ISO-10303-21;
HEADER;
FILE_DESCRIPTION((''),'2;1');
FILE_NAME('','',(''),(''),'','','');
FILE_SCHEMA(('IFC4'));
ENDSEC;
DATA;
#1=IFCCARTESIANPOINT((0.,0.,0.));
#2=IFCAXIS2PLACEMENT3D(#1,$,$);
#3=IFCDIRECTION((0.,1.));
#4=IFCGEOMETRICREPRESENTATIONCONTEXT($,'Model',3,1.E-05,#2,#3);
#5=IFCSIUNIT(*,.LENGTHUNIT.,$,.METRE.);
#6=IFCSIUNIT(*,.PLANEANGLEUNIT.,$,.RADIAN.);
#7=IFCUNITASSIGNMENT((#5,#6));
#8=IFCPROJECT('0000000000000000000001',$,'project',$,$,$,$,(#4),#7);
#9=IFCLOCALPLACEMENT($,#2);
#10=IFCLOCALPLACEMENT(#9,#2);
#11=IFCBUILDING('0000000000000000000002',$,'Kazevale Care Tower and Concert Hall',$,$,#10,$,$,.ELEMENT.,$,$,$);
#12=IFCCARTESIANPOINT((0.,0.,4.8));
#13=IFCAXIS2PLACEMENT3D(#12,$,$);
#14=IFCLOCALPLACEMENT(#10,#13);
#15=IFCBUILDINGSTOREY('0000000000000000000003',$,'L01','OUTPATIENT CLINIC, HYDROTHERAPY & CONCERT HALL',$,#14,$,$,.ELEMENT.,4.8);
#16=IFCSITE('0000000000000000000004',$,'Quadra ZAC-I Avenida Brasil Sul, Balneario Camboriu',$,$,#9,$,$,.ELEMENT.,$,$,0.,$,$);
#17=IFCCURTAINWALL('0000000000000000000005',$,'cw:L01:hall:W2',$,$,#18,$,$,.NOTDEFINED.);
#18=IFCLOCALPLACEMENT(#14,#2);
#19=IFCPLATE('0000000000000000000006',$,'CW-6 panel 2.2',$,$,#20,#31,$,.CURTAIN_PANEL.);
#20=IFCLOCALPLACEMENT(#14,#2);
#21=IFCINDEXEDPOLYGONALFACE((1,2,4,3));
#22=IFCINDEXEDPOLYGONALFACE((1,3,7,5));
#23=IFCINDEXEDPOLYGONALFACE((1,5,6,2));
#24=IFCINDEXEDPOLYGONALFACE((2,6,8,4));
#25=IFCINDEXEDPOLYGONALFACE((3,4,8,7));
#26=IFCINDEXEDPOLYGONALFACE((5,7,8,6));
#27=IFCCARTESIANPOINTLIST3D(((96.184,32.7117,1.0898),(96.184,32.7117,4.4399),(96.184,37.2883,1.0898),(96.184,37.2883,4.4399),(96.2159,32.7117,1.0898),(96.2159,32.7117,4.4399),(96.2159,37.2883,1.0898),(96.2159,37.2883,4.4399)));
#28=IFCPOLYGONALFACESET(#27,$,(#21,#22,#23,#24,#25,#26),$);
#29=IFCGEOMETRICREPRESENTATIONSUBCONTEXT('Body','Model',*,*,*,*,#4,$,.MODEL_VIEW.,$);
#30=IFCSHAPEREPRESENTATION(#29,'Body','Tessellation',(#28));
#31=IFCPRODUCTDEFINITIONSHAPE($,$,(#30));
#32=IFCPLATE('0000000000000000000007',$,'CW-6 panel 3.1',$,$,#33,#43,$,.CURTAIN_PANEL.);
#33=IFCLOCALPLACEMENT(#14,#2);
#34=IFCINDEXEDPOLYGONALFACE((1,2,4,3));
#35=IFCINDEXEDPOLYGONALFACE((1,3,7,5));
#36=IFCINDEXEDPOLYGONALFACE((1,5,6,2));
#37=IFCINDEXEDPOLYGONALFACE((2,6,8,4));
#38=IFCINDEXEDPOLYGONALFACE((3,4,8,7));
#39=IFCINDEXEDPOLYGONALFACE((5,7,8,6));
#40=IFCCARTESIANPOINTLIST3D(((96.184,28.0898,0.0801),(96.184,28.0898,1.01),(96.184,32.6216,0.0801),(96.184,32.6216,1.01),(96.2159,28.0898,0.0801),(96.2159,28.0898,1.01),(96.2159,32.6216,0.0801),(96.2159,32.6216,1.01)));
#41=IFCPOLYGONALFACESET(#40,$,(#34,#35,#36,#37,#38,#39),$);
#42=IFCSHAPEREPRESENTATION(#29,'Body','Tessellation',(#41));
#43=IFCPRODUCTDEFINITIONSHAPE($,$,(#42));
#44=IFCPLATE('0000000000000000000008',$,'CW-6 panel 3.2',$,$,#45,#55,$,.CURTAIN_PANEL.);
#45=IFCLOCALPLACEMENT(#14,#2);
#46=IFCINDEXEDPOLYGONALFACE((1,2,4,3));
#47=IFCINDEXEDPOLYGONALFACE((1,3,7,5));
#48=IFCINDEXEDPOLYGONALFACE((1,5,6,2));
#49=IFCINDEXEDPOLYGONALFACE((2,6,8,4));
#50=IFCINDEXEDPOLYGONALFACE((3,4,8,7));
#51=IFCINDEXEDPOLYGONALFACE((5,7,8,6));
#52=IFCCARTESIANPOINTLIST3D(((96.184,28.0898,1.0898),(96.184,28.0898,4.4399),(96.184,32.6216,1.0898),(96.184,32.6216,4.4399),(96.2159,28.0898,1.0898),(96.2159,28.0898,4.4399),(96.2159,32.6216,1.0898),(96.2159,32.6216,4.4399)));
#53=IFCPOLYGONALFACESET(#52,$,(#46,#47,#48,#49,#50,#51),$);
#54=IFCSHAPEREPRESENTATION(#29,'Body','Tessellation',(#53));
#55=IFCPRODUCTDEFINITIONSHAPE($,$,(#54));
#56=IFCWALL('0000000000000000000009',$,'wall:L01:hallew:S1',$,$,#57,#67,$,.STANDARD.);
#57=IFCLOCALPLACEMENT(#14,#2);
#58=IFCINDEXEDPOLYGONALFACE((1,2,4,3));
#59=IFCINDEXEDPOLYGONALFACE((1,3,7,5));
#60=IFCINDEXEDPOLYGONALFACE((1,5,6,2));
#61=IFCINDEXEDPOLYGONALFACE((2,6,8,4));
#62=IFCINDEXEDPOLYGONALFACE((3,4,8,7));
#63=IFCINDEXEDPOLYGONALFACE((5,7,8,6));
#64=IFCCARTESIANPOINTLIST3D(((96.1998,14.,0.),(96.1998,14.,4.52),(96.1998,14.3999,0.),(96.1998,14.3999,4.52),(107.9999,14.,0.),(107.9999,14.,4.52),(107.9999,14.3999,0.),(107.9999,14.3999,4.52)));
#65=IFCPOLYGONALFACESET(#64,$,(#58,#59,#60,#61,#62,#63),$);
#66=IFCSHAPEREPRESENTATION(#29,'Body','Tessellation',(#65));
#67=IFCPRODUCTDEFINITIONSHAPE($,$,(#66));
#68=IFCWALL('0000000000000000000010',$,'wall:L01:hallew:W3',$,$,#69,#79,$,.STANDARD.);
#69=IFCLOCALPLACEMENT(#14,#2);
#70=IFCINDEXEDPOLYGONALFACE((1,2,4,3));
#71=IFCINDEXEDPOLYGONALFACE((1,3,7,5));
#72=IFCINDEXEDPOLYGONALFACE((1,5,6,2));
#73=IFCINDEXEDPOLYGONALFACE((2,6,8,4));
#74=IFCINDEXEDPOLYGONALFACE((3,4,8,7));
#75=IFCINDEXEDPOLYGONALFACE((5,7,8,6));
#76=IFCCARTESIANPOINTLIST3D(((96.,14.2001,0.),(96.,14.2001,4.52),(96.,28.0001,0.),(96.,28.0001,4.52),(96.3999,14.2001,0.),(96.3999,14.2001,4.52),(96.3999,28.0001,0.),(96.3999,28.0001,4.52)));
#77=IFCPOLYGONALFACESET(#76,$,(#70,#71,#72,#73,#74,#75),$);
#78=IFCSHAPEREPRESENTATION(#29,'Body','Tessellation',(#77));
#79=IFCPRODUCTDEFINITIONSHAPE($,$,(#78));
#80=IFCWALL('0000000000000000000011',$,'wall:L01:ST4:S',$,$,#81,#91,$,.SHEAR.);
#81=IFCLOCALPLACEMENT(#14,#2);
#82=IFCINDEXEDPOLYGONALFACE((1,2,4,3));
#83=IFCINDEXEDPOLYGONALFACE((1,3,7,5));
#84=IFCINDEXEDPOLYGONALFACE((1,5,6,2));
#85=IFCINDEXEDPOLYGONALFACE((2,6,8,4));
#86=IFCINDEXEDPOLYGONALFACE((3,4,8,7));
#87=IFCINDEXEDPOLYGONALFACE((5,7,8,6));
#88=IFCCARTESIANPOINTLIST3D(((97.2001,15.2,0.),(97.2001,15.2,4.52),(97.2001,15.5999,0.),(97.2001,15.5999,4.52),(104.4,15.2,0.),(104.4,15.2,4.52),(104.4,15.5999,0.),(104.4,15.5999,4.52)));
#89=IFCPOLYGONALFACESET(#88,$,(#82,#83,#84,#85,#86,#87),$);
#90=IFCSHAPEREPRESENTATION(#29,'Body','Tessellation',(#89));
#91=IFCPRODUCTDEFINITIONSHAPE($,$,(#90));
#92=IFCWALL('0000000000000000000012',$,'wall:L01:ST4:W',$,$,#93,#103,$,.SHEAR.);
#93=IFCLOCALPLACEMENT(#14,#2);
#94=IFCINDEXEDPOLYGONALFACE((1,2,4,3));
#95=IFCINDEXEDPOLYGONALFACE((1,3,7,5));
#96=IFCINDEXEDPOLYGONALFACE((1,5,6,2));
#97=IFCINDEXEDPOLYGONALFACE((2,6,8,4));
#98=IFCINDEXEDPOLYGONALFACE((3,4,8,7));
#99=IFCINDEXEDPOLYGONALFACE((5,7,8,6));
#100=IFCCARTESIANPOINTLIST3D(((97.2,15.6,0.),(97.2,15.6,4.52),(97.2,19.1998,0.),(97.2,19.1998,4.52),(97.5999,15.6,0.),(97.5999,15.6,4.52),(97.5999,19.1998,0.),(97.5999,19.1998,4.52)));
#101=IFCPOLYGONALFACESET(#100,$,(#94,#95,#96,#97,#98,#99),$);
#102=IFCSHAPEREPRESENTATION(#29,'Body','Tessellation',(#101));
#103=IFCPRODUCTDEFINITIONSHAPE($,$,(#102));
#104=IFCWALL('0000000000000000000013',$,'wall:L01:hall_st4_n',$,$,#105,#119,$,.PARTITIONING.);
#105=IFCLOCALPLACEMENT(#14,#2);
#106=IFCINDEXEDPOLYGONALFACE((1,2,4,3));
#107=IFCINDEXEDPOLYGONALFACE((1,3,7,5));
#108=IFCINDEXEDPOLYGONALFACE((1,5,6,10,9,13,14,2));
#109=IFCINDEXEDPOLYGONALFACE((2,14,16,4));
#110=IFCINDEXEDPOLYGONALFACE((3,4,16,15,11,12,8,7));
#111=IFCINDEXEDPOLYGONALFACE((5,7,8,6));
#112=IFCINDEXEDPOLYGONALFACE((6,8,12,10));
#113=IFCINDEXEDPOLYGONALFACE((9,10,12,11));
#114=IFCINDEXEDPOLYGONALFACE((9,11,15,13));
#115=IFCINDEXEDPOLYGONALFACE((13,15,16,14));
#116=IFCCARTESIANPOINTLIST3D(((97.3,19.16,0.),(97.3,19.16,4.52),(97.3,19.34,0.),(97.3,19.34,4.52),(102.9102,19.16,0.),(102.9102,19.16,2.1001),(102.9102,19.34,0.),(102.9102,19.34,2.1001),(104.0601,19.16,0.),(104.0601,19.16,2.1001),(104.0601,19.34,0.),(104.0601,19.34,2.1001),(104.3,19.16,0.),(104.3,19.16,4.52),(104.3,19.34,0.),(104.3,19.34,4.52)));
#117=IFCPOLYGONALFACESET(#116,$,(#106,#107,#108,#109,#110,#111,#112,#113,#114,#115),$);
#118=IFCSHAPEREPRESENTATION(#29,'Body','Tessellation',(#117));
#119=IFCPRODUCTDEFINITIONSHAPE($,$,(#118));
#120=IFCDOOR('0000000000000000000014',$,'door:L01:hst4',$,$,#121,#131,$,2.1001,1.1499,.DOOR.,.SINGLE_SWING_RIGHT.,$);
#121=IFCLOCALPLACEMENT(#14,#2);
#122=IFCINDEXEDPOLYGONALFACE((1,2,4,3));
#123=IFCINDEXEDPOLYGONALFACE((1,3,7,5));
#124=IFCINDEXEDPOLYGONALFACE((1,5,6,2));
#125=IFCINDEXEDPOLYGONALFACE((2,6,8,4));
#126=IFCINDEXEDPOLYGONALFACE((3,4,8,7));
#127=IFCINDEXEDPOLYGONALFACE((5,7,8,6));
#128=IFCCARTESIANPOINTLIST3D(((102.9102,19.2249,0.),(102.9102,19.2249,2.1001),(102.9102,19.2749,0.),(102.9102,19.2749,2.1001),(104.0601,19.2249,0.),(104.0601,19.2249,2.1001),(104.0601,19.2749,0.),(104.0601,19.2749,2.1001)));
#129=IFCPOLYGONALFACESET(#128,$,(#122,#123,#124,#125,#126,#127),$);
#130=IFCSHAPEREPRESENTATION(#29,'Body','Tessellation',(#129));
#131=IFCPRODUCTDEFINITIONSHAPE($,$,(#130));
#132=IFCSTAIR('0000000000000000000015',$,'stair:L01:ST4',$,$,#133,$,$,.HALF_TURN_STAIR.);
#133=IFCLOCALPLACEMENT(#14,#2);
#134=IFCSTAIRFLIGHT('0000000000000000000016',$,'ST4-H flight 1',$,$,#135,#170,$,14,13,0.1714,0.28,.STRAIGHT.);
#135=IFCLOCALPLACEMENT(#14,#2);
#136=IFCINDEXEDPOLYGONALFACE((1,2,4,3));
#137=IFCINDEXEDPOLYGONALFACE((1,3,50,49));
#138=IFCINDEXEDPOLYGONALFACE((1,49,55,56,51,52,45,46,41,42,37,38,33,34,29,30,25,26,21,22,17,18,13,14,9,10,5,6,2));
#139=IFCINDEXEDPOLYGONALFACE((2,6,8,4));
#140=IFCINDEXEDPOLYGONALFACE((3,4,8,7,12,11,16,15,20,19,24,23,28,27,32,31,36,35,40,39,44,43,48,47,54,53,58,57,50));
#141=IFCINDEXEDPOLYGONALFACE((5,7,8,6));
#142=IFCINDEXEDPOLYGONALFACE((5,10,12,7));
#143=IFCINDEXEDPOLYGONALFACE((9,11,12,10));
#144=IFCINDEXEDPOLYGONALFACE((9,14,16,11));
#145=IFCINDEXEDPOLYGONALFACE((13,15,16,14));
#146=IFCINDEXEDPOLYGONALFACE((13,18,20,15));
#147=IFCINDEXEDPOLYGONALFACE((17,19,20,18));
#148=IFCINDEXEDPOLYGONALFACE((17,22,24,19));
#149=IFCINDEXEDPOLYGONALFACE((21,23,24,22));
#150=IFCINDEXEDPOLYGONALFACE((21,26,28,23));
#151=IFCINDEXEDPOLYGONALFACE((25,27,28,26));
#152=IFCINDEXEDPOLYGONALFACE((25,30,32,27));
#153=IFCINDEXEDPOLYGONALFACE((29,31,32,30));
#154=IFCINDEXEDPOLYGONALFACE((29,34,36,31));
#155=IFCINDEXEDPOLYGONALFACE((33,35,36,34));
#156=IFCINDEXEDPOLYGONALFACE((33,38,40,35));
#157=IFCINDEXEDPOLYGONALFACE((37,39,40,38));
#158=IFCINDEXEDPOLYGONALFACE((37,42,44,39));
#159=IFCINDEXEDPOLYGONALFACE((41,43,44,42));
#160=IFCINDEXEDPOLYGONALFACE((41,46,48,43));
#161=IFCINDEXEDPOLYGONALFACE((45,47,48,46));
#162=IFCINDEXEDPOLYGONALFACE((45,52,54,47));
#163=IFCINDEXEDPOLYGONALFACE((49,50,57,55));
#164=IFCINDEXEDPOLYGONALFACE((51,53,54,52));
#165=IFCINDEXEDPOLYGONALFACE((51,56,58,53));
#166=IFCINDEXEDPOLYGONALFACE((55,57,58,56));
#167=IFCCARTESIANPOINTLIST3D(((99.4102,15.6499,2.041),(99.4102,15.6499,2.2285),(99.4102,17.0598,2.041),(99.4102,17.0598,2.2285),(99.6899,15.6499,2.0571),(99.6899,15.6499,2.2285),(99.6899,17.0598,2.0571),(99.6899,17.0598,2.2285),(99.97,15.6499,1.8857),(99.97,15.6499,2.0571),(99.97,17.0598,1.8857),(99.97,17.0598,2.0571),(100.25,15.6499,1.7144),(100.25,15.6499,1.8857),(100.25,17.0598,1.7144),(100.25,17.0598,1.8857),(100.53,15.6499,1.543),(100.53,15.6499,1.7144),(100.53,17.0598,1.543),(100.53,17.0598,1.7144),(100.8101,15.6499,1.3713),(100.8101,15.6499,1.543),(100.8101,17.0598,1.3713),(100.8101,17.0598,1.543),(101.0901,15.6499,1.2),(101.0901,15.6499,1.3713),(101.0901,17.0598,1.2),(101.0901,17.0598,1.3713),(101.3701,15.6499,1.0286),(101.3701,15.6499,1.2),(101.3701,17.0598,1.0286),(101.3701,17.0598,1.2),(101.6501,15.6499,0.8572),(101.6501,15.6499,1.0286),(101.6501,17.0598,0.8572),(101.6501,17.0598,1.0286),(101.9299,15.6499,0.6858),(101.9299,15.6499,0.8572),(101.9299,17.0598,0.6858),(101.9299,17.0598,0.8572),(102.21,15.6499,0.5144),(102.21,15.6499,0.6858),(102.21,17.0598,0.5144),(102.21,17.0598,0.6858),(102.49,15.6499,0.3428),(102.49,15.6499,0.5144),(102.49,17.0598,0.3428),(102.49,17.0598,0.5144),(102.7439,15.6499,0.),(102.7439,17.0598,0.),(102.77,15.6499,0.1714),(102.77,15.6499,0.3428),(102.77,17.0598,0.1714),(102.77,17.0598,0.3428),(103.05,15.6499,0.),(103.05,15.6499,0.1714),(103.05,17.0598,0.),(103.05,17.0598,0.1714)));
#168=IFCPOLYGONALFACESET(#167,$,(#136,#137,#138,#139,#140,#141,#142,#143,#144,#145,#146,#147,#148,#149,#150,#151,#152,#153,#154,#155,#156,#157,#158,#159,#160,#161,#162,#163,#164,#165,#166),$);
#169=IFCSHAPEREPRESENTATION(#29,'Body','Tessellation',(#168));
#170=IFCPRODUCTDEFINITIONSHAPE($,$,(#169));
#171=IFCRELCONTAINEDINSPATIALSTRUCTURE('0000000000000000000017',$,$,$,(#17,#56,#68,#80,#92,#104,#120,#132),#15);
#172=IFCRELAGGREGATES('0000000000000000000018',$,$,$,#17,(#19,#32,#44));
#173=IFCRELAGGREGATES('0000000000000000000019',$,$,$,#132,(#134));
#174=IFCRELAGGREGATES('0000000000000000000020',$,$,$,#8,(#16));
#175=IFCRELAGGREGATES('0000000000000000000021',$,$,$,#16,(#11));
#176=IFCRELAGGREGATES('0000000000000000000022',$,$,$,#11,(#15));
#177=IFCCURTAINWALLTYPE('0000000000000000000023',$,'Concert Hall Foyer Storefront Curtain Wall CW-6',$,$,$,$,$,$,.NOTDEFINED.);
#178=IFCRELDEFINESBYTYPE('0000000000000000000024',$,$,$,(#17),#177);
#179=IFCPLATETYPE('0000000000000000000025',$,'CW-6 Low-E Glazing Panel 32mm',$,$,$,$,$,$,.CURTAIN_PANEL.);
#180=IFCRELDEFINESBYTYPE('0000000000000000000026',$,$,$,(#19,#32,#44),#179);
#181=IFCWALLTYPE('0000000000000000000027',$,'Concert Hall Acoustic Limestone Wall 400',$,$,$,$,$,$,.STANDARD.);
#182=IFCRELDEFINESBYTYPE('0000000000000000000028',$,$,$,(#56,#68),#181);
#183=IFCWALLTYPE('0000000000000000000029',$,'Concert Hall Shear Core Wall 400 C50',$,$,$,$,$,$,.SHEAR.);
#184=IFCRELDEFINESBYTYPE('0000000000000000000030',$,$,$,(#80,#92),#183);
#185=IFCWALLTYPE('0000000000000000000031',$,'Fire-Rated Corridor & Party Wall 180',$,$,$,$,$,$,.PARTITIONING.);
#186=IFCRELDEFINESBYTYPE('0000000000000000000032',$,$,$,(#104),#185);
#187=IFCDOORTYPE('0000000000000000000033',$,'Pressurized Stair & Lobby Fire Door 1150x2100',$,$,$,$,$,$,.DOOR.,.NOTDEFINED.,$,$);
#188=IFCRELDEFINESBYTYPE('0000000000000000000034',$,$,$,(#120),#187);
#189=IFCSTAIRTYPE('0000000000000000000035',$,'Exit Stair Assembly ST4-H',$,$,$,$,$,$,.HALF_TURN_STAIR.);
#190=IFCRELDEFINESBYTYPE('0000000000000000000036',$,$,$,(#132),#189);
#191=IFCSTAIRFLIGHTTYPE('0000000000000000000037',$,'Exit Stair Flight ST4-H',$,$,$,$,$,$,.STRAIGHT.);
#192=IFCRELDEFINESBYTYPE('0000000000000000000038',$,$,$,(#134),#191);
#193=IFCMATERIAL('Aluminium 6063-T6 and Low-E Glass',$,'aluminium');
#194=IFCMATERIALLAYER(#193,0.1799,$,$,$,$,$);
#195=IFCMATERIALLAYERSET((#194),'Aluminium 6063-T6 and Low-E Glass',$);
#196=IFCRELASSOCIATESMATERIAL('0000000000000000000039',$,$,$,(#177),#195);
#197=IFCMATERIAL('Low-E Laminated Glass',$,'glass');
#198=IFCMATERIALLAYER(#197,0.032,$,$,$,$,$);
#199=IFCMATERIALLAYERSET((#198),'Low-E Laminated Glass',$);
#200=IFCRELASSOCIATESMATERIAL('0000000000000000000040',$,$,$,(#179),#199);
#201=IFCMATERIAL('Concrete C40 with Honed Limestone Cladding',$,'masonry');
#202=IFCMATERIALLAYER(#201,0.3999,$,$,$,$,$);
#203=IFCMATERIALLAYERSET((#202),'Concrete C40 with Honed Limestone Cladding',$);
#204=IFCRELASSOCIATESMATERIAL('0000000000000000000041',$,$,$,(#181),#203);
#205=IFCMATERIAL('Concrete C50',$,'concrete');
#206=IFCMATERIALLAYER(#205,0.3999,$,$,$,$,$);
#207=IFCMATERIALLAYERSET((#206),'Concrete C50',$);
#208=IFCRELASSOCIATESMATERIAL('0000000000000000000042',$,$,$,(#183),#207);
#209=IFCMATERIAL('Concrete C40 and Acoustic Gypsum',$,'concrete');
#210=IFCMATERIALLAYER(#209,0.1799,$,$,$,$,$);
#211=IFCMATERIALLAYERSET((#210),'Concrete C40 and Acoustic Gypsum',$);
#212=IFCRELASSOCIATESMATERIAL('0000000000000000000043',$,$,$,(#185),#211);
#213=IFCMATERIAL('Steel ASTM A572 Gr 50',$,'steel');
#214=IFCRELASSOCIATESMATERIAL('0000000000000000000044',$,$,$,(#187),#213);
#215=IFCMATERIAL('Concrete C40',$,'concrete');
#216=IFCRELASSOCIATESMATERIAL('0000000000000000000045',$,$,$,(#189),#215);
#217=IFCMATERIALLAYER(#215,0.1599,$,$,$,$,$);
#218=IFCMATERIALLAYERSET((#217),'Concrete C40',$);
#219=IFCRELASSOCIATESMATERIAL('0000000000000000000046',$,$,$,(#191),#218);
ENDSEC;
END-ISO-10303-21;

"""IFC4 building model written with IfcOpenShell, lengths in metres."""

from ifc_helpers import new_model, si_unit, direction, frame, frame_2d, origin, origin_2d, place, context, subcontext, project, spatial, polyline, rectangle, outline, extrude, material, layer, layer_set, type_object, element, fill, aggregate, save


model = new_model("IFC4")

# Units and contexts
model_context = context("Model", 3, precision=1e-05, world=origin(), true_north=direction((0.0, 1.0)))
body_context = subcontext(model_context, "Body", "Model", "MODEL_VIEW")
ifc_project = project(units=[si_unit("LENGTHUNIT", "METRE"), si_unit("PLANEANGLEUNIT", "RADIAN")], contexts=[model_context])

# Site, building, storey
site_placement = place(None, origin())
site = spatial("IfcSite", under=ifc_project, at=site_placement, Name="Quadra ZAC-I Avenida Brasil Sul, Balneario Camboriu", CompositionType="ELEMENT", RefElevation=0.0)
building_placement = place(site_placement, origin())
building = spatial("IfcBuilding", under=site, at=building_placement, Name="Kazevale Care Tower and Concert Hall", CompositionType="ELEMENT")
storey_placement = place(building_placement, frame((0.0, 0.0, 4.8)))
storey = spatial("IfcBuildingStorey", under=building, at=storey_placement, Name="L01", Description="OUTPATIENT CLINIC, HYDROTHERAPY & CONCERT HALL", CompositionType="ELEMENT", Elevation=4.8)

# Shared definitions
ifc_material_1 = material(Name="Concrete C50", Category="concrete")

# Curtain wall
ifc_material_2 = material(Name="Aluminium 6063-T6 and Low-E Glass", Category="aluminium")
ifc_layer_1 = layer(ifc_material_2, 0.1799)
ifc_layer_set_1 = layer_set([ifc_layer_1], Name="Aluminium 6063-T6 and Low-E Glass")
curtain_wall_type = type_object("IfcCurtainWallType", Name="Concert Hall Foyer Storefront Curtain Wall CW-6", PredefinedType="NOTDEFINED", material=ifc_layer_set_1)
curtain_wall_placement = place(storey_placement, origin())
curtain_wall = element("IfcCurtainWall", 1, at=curtain_wall_placement, inside=storey, type_object=curtain_wall_type, Name="cw:L01:hall:W2", PredefinedType="NOTDEFINED")

# Shared definitions
ifc_material_3 = material(Name="Steel ASTM A572 Gr 50", Category="steel")

# Plates
ifc_material_4 = material(Name="Low-E Laminated Glass", Category="glass")
ifc_layer_2 = layer(ifc_material_4, 0.032)
ifc_layer_set_2 = layer_set([ifc_layer_2], Name="Low-E Laminated Glass")
plate_type = type_object("IfcPlateType", Name="CW-6 Low-E Glazing Panel 32mm", PredefinedType="CURTAIN_PANEL", material=ifc_layer_set_2)
plate_1_placement = place(storey_placement, frame((96.2, 35.0, 1.0898), z_axis=(0.0, 0.0, 1.0), x_axis=(0.0, -1.0, 0.0)))
plate_1 = element("IfcPlate", 2, at=plate_1_placement, type_object=plate_type, Name="CW-6 panel 2.2", PredefinedType="CURTAIN_PANEL", context=body_context, shape_type="SweptSolid", body=[
    extrude(rectangle(XDim=4.5767, YDim=0.032, at=origin_2d()), origin(), (0.0, 0.0, 1.0), 3.3501),
])
plate_2_placement = place(storey_placement, frame((96.2, 30.3557, 0.0801), z_axis=(0.0, 0.0, 1.0), x_axis=(0.0, -1.0, 0.0)))
plate_2 = element("IfcPlate", 3, at=plate_2_placement, type_object=plate_type, Name="CW-6 panel 3.1", PredefinedType="CURTAIN_PANEL", context=body_context, shape_type="SweptSolid", body=[
    extrude(rectangle(XDim=4.5317, YDim=0.032, at=origin_2d()), origin(), (0.0, 0.0, 1.0), 0.9299),
])
plate_3_placement = place(storey_placement, frame((96.2, 30.3557, 1.0898), z_axis=(0.0, 0.0, 1.0), x_axis=(0.0, -1.0, 0.0)))
plate_3 = element("IfcPlate", 4, at=plate_3_placement, type_object=plate_type, Name="CW-6 panel 3.2", PredefinedType="CURTAIN_PANEL", context=body_context, shape_type="SweptSolid", body=[
    extrude(rectangle(XDim=4.5317, YDim=0.032, at=origin_2d()), origin(), (0.0, 0.0, 1.0), 3.3501),
])
aggregate(curtain_wall, [plate_1, plate_2, plate_3])

# Walls
ifc_material_5 = material(Name="Concrete C40 with Honed Limestone Cladding", Category="masonry")
ifc_layer_3 = layer(ifc_material_5, 0.3999)
ifc_layer_set_3 = layer_set([ifc_layer_3], Name="Concrete C40 with Honed Limestone Cladding")
wall_type_1 = type_object("IfcWallType", Name="Concert Hall Acoustic Limestone Wall 400", PredefinedType="STANDARD", material=ifc_layer_set_3)
wall_1_placement = place(storey_placement, frame((96.2, 14.2, 0.0), z_axis=(0.0, 0.0, 1.0), x_axis=(1.0, 0.0, 0.0)))
element("IfcWall", 5, at=wall_1_placement, inside=storey, type_object=wall_type_1, Name="wall:L01:hallew:S1", PredefinedType="STANDARD", context=body_context, shape_type="SweptSolid", body=[
    extrude(rectangle(XDim=11.8, YDim=0.3999, at=frame_2d((5.8999, 0.0))), origin(), (0.0, 0.0, 1.0), 4.52),
])
wall_2_placement = place(storey_placement, frame((96.2, 28.0, 0.0), z_axis=(0.0, 0.0, 1.0), x_axis=(0.0, -1.0, 0.0)))
element("IfcWall", 6, at=wall_2_placement, inside=storey, type_object=wall_type_1, Name="wall:L01:hallew:W3", PredefinedType="STANDARD", context=body_context, shape_type="SweptSolid", body=[
    extrude(rectangle(XDim=13.8, YDim=0.3999, at=frame_2d((6.8999, 0.0))), origin(), (0.0, 0.0, 1.0), 4.52),
])
ifc_layer_4 = layer(ifc_material_1, 0.3999)
ifc_layer_set_4 = layer_set([ifc_layer_4], Name="Concrete C50")
wall_type_2 = type_object("IfcWallType", Name="Concert Hall Shear Core Wall 400 C50", PredefinedType="SHEAR", material=ifc_layer_set_4)
wall_3_placement = place(storey_placement, frame((97.2, 15.3999, 0.0), z_axis=(0.0, 0.0, 1.0), x_axis=(1.0, 0.0, 0.0)))
element("IfcWall", 7, at=wall_3_placement, inside=storey, type_object=wall_type_2, Name="wall:L01:ST4:S", PredefinedType="SHEAR", context=body_context, shape_type="SweptSolid", body=[
    extrude(rectangle(XDim=7.2, YDim=0.3999, at=frame_2d((3.6001, 0.0))), origin(), (0.0, 0.0, 1.0), 4.52),
])
wall_4_placement = place(storey_placement, frame((97.3999, 15.6001, 0.0), z_axis=(0.0, 0.0, 1.0), x_axis=(0.0, 1.0, 0.0)))
element("IfcWall", 8, at=wall_4_placement, inside=storey, type_object=wall_type_2, Name="wall:L01:ST4:W", PredefinedType="SHEAR", context=body_context, shape_type="SweptSolid", body=[
    extrude(rectangle(XDim=3.5999, YDim=0.3999, at=frame_2d((1.7998, 0.0))), origin(), (0.0, 0.0, 1.0), 4.52),
])

# Wall, opening, door
ifc_material_6 = material(Name="Concrete C40 and Acoustic Gypsum", Category="concrete")
ifc_layer_5 = layer(ifc_material_6, 0.1799)
ifc_layer_set_5 = layer_set([ifc_layer_5], Name="Concrete C40 and Acoustic Gypsum")
wall_type_3 = type_object("IfcWallType", Name="Fire-Rated Corridor & Party Wall 180", PredefinedType="PARTITIONING", material=ifc_layer_set_5)
wall_5_placement = place(storey_placement, frame((97.3, 19.25, 0.0), z_axis=(0.0, 0.0, 1.0), x_axis=(1.0, 0.0, 0.0)))
wall_5 = element("IfcWall", 9, at=wall_5_placement, inside=storey, type_object=wall_type_3, Name="wall:L01:hall_st4_n", PredefinedType="PARTITIONING", context=body_context, shape_type="SweptSolid", body=[
    extrude(rectangle(XDim=7.0, YDim=0.1799, at=frame_2d((3.5, 0.0))), origin(), (0.0, 0.0, 1.0), 4.52),
])
opening_placement = place(wall_5_placement, frame((5.6101, 0.0, 0.0)))
opening = element("IfcOpeningElement", 10, at=opening_placement, cuts=wall_5, PredefinedType="OPENING", context=body_context, shape_type="SweptSolid", body=[
    extrude(rectangle(XDim=1.1499, YDim=2.1001, at=frame_2d((0.575, 1.05))), frame((0.0, 0.0999, 0.0), z_axis=(0.0, -1.0, 0.0), x_axis=(1.0, 0.0, 0.0)), (0.0, 0.0, 1.0), 0.2),
])
door_type = type_object("IfcDoorType", Name="Pressurized Stair & Lobby Fire Door 1150x2100", OperationType="NOTDEFINED", PredefinedType="DOOR", material=ifc_material_3)
door_placement = place(opening_placement, origin())
door = element("IfcDoor", 11, at=door_placement, inside=storey, type_object=door_type, Name="door:L01:hst4", OperationType="SINGLE_SWING_RIGHT", OverallHeight=2.1001, OverallWidth=1.1499, PredefinedType="DOOR", context=body_context, shape_type="SweptSolid", body=[
    extrude(rectangle(XDim=1.1499, YDim=2.1001, at=frame_2d((0.575, 1.05))), frame((0.0, 0.0249, 0.0), z_axis=(0.0, -1.0, 0.0), x_axis=(1.0, 0.0, 0.0)), (0.0, 0.0, 1.0), 0.05),
])
fill(opening, door)

# Stair, stair flight
ifc_material_7 = material(Name="Concrete C40", Category="concrete")
stair_type = type_object("IfcStairType", Name="Exit Stair Assembly ST4-H", PredefinedType="HALF_TURN_STAIR", material=ifc_material_7)
stair_placement = place(storey_placement, origin())
stair = element("IfcStair", 12, at=stair_placement, inside=storey, type_object=stair_type, Name="stair:L01:ST4", PredefinedType="HALF_TURN_STAIR")
ifc_layer_6 = layer(ifc_material_7, 0.1599)
ifc_layer_set_6 = layer_set([ifc_layer_6], Name="Concrete C40")
stair_flight_type = type_object("IfcStairFlightType", Name="Exit Stair Flight ST4-H", PredefinedType="STRAIGHT", material=ifc_layer_set_6)
stair_flight_1_placement = place(storey_placement, frame((103.05, 16.355, 0.0), z_axis=(0.0, 0.0, 1.0), x_axis=(-1.0, 0.0, 0.0)))
stair_flight_1 = element("IfcStairFlight", 13, at=stair_flight_1_placement, type_object=stair_flight_type, Name="ST4-H flight 1", NumberOfRisers=14, NumberOfTreads=13, PredefinedType="STRAIGHT", RiserHeight=0.1714, TreadLength=0.28, context=body_context, shape_type="SweptSolid", body=[
    extrude(outline(polyline([(0.0, 0.0), (0.0, 0.1714), (0.28, 0.1714), (0.28, 0.3428), (0.5601, 0.3428), (0.5601, 0.5144), (0.8401, 0.5144), (0.8401, 0.6858), (1.1201, 0.6858), (1.1201, 0.8572), (1.3999, 0.8572), (1.3999, 1.0286), (1.6799, 1.0286), (1.6799, 1.2), (1.96, 1.2), (1.96, 1.3713), (2.24, 1.3713), (2.24, 1.543), (2.52, 1.543), (2.52, 1.7144), (2.8, 1.7144), (2.8, 1.8857), (3.0801, 1.8857), (3.0801, 2.0571), (3.3601, 2.0571), (3.3601, 2.2285), (3.6399, 2.2285), (3.6399, 2.3999), (3.6399, 2.041), (0.3062, 0.0), (0.0, 0.0)])), frame((0.0, 0.7051, 0.0), z_axis=(0.0, -1.0, 0.0), x_axis=(1.0, 0.0, 0.0)), (0.0, 0.0, 1.0), 1.4099),
])
aggregate(stair, [stair_flight_1])

save(model, "model.ifc")
